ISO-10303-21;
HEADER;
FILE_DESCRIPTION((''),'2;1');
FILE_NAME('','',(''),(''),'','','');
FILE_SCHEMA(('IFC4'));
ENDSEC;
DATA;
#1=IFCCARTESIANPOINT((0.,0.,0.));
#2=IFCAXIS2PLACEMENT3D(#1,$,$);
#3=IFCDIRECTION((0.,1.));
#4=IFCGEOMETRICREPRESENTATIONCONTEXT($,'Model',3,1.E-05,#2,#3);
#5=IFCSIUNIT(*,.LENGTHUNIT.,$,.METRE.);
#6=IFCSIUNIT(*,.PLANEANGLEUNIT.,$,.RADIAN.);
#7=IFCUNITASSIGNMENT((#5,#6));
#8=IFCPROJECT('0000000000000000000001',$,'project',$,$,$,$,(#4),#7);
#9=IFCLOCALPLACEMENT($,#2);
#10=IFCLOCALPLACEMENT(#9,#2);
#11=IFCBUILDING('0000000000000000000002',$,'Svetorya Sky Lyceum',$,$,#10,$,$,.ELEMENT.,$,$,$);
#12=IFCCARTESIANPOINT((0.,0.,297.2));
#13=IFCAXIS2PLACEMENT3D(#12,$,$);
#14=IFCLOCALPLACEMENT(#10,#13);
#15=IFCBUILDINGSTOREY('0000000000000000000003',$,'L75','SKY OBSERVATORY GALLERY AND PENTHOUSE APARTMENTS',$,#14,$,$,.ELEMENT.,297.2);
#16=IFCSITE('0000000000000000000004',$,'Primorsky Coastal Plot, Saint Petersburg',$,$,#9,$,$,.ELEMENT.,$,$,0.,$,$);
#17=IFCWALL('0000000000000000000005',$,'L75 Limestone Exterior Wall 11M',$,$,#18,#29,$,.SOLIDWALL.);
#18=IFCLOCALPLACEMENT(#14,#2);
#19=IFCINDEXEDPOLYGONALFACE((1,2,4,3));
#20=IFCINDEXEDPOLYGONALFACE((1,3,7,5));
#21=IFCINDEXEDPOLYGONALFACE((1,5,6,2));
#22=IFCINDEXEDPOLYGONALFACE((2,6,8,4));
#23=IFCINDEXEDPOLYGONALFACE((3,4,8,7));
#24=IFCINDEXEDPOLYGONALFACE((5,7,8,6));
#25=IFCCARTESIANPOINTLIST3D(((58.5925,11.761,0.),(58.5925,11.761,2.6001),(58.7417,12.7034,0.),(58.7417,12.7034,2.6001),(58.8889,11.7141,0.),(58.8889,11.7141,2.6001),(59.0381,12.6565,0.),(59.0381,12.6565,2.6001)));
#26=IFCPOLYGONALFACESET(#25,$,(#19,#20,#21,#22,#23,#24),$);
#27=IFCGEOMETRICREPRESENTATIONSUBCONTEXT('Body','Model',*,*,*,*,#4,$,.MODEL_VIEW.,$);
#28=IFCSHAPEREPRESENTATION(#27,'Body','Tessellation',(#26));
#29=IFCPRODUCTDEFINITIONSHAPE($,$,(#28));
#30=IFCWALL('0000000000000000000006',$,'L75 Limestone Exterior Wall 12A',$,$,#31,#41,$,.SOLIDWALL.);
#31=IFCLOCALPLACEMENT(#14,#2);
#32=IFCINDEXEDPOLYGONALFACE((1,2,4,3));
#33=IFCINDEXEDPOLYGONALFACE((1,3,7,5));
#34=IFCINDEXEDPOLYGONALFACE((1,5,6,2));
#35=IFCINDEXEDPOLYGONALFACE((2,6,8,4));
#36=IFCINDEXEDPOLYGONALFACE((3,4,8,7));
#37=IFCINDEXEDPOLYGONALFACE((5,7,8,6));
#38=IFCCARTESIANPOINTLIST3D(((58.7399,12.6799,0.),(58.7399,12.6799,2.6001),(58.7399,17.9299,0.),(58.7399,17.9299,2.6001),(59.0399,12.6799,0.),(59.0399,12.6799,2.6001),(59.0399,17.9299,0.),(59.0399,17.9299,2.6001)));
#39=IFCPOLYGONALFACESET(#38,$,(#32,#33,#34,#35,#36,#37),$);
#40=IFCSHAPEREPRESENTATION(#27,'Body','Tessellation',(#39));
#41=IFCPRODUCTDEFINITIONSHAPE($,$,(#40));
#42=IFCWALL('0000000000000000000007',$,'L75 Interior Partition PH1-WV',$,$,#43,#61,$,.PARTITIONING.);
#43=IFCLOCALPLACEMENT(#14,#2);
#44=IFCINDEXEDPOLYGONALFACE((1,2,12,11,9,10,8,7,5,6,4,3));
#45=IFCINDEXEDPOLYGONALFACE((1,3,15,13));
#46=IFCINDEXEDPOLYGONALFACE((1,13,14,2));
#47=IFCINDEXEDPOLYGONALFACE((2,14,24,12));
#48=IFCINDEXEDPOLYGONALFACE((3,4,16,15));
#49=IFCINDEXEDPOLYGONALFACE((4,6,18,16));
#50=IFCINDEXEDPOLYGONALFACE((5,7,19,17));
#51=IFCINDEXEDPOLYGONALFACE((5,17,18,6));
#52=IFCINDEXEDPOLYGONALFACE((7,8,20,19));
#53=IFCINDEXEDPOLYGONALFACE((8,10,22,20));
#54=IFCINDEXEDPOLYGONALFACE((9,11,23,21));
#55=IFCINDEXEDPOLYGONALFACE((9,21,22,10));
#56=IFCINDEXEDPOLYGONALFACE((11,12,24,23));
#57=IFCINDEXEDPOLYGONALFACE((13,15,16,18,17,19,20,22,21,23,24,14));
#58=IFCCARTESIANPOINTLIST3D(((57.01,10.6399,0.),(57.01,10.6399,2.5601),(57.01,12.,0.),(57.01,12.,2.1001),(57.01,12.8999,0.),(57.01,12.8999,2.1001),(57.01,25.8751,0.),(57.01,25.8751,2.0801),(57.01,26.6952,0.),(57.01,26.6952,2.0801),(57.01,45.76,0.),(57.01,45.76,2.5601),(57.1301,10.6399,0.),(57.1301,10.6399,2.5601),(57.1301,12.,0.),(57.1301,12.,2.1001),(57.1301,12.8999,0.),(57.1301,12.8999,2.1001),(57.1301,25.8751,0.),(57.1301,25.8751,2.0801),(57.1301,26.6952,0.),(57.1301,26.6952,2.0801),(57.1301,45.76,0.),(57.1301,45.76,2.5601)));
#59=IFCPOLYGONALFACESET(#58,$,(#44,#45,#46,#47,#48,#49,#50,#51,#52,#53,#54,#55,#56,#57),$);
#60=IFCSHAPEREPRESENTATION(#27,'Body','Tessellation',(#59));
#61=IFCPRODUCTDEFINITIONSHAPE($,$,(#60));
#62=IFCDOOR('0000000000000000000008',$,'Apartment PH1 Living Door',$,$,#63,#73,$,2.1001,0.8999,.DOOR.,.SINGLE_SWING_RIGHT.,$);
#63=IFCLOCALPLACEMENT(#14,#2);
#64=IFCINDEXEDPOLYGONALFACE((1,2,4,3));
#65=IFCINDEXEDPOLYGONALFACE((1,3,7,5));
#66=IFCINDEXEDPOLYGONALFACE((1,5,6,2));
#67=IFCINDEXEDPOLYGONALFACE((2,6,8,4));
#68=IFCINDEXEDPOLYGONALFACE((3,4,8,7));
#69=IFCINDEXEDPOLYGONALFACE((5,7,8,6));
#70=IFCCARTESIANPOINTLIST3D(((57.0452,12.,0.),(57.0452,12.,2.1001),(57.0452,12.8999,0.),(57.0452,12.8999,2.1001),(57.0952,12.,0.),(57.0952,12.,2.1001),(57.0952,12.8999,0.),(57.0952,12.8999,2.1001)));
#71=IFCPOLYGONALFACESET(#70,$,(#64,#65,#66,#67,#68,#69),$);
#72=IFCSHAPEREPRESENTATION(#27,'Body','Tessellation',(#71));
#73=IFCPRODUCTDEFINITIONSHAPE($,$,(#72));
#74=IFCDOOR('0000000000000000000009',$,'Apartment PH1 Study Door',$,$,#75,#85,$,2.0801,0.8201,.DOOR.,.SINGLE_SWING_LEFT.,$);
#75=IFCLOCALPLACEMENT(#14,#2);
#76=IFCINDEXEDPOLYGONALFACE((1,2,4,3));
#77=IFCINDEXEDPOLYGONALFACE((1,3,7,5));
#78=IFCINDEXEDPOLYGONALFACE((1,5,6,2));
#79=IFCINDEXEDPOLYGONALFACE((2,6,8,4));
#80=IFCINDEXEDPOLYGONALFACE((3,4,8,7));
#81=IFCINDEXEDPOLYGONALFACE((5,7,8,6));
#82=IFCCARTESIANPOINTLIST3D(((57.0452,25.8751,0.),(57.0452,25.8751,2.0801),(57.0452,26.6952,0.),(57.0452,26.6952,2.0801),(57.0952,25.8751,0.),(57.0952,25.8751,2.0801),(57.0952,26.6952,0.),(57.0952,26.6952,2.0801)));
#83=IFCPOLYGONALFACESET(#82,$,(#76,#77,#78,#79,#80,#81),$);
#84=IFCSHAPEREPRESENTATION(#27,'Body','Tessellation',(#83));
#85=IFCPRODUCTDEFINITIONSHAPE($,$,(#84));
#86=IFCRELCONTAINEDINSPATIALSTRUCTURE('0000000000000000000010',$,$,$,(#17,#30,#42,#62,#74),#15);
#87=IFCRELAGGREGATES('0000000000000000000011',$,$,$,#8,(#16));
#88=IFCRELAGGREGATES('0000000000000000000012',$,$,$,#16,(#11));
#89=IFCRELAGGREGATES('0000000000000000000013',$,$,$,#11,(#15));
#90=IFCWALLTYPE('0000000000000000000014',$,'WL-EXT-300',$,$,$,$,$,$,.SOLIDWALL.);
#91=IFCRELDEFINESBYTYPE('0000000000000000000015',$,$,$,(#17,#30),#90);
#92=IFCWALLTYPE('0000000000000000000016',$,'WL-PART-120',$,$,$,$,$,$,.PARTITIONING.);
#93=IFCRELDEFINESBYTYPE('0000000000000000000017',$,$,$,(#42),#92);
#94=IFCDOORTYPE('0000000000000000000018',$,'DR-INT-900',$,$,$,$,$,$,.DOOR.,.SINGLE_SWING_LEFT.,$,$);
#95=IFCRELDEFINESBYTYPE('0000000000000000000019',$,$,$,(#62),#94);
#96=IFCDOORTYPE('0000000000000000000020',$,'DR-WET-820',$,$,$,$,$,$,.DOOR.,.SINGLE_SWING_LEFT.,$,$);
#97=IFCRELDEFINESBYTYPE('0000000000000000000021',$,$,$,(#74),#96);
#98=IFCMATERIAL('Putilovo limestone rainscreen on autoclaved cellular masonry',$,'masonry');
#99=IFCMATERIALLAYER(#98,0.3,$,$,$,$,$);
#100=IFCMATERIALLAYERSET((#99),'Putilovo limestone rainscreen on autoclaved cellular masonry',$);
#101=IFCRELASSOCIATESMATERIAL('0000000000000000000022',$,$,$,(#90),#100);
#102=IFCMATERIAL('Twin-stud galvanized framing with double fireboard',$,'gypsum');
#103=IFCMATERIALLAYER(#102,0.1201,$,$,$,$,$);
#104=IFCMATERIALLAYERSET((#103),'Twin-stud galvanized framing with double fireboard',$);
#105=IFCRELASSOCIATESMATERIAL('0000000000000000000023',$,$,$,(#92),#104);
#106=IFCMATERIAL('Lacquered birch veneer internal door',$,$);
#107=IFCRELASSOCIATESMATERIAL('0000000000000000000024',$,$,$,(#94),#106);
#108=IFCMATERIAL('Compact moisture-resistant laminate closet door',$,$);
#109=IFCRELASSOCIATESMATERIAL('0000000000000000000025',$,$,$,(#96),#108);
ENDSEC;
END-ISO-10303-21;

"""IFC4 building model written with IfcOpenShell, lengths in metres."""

from ifc_helpers import new_model, si_unit, direction, frame, frame_2d, origin, place, context, subcontext, project, spatial, rectangle, extrude, material, layer, layer_set, type_object, element, fill, save


model = new_model("IFC4")

# Units and contexts
model_context = context("Model", 3, precision=1e-05, world=origin(), true_north=direction((0.0, 1.0)))
body_context = subcontext(model_context, "Body", "Model", "MODEL_VIEW")
ifc_project = project(units=[si_unit("LENGTHUNIT", "METRE"), si_unit("PLANEANGLEUNIT", "RADIAN")], contexts=[model_context])

# Site, building, storey
site_placement = place(None, origin())
site = spatial("IfcSite", under=ifc_project, at=site_placement, Name="Primorsky Coastal Plot, Saint Petersburg", CompositionType="ELEMENT", RefElevation=0.0)
building_placement = place(site_placement, origin())
building = spatial("IfcBuilding", under=site, at=building_placement, Name="Svetorya Sky Lyceum", CompositionType="ELEMENT")
storey_placement = place(building_placement, frame((0.0, 0.0, 297.2)))
storey = spatial("IfcBuildingStorey", under=building, at=storey_placement, Name="L75", Description="SKY OBSERVATORY GALLERY AND PENTHOUSE APARTMENTS", CompositionType="ELEMENT", Elevation=297.2)

# Walls
ifc_material_1 = material(Name="Putilovo limestone rainscreen on autoclaved cellular masonry", Category="masonry")
ifc_layer_1 = layer(ifc_material_1, 0.3)
ifc_layer_set_1 = layer_set([ifc_layer_1], Name="Putilovo limestone rainscreen on autoclaved cellular masonry")
wall_type_1 = type_object("IfcWallType", Name="WL-EXT-300", PredefinedType="SOLIDWALL", material=ifc_layer_set_1)
wall_1_placement = place(storey_placement, frame((58.7407, 11.7375, 0.0), z_axis=(0.0, 0.0, 1.0), x_axis=(0.156344, 0.987703, 0.0)))
element("IfcWall", 1, at=wall_1_placement, inside=storey, type_object=wall_type_1, Name="L75 Limestone Exterior Wall 11M", PredefinedType="SOLIDWALL", context=body_context, shape_type="SweptSolid", body=[
    extrude(rectangle(XDim=0.9541, YDim=0.3, at=frame_2d((0.4771, 0.0))), origin(), (0.0, 0.0, 1.0), 2.6001),
])
wall_2_placement = place(storey_placement, frame((58.8899, 12.6799, 0.0), z_axis=(0.0, 0.0, 1.0), x_axis=(0.0, 1.0, 0.0)))
element("IfcWall", 2, at=wall_2_placement, inside=storey, type_object=wall_type_1, Name="L75 Limestone Exterior Wall 12A", PredefinedType="SOLIDWALL", context=body_context, shape_type="SweptSolid", body=[
    extrude(rectangle(XDim=5.25, YDim=0.3, at=frame_2d((2.625, 0.0))), origin(), (0.0, 0.0, 1.0), 2.6001),
])

# Wall, openings, doors
ifc_material_2 = material(Name="Twin-stud galvanized framing with double fireboard", Category="gypsum")
ifc_layer_2 = layer(ifc_material_2, 0.1201)
ifc_layer_set_2 = layer_set([ifc_layer_2], Name="Twin-stud galvanized framing with double fireboard")
wall_type_2 = type_object("IfcWallType", Name="WL-PART-120", PredefinedType="PARTITIONING", material=ifc_layer_set_2)
wall_3_placement = place(storey_placement, frame((57.0701, 10.6399, 0.0), z_axis=(0.0, 0.0, 1.0), x_axis=(0.0, 1.0, 0.0)))
wall_3 = element("IfcWall", 3, at=wall_3_placement, inside=storey, type_object=wall_type_2, Name="L75 Interior Partition PH1-WV", PredefinedType="PARTITIONING", context=body_context, shape_type="SweptSolid", body=[
    extrude(rectangle(XDim=35.1201, YDim=0.1201, at=frame_2d((17.5601, 0.0))), origin(), (0.0, 0.0, 1.0), 2.5601),
])
opening_1_placement = place(wall_3_placement, frame((1.3601, 0.0, 0.0)))
opening_1 = element("IfcOpeningElement", 4, at=opening_1_placement, cuts=wall_3, PredefinedType="OPENING", context=body_context, shape_type="SweptSolid", body=[
    extrude(rectangle(XDim=0.8999, YDim=2.1001, at=frame_2d((0.45, 1.05))), frame((0.0, 0.0701, 0.0), z_axis=(0.0, -1.0, 0.0), x_axis=(1.0, 0.0, 0.0)), (0.0, 0.0, 1.0), 0.1401),
])
opening_2_placement = place(wall_3_placement, frame((15.2351, 0.0, 0.0)))
opening_2 = element("IfcOpeningElement", 5, at=opening_2_placement, cuts=wall_3, PredefinedType="OPENING", context=body_context, shape_type="SweptSolid", body=[
    extrude(rectangle(XDim=0.8201, YDim=2.0801, at=frame_2d((0.4102, 1.04))), frame((0.0, 0.0701, 0.0), z_axis=(0.0, -1.0, 0.0), x_axis=(1.0, 0.0, 0.0)), (0.0, 0.0, 1.0), 0.1401),
])
ifc_material_3 = material(Name="Lacquered birch veneer internal door")
door_type_1 = type_object("IfcDoorType", Name="DR-INT-900", OperationType="SINGLE_SWING_LEFT", PredefinedType="DOOR", material=ifc_material_3)
door_1_placement = place(opening_1_placement, origin())
door_1 = element("IfcDoor", 6, at=door_1_placement, inside=storey, type_object=door_type_1, Name="Apartment PH1 Living Door", OperationType="SINGLE_SWING_RIGHT", OverallHeight=2.1001, OverallWidth=0.8999, PredefinedType="DOOR", context=body_context, shape_type="SweptSolid", body=[
    extrude(rectangle(XDim=0.8999, YDim=2.1001, at=frame_2d((0.45, 1.05))), frame((0.0, 0.0249, 0.0), z_axis=(0.0, -1.0, 0.0), x_axis=(1.0, 0.0, 0.0)), (0.0, 0.0, 1.0), 0.05),
])
fill(opening_1, door_1)
ifc_material_4 = material(Name="Compact moisture-resistant laminate closet door")
door_type_2 = type_object("IfcDoorType", Name="DR-WET-820", OperationType="SINGLE_SWING_LEFT", PredefinedType="DOOR", material=ifc_material_4)
door_2_placement = place(opening_2_placement, origin())
door_2 = element("IfcDoor", 7, at=door_2_placement, inside=storey, type_object=door_type_2, Name="Apartment PH1 Study Door", OperationType="SINGLE_SWING_LEFT", OverallHeight=2.0801, OverallWidth=0.8201, PredefinedType="DOOR", context=body_context, shape_type="SweptSolid", body=[
    extrude(rectangle(XDim=0.8201, YDim=2.0801, at=frame_2d((0.4102, 1.04))), frame((0.0, 0.0249, 0.0), z_axis=(0.0, -1.0, 0.0), x_axis=(1.0, 0.0, 0.0)), (0.0, 0.0, 1.0), 0.05),
])
fill(opening_2, door_2)

save(model, "model.ifc")
